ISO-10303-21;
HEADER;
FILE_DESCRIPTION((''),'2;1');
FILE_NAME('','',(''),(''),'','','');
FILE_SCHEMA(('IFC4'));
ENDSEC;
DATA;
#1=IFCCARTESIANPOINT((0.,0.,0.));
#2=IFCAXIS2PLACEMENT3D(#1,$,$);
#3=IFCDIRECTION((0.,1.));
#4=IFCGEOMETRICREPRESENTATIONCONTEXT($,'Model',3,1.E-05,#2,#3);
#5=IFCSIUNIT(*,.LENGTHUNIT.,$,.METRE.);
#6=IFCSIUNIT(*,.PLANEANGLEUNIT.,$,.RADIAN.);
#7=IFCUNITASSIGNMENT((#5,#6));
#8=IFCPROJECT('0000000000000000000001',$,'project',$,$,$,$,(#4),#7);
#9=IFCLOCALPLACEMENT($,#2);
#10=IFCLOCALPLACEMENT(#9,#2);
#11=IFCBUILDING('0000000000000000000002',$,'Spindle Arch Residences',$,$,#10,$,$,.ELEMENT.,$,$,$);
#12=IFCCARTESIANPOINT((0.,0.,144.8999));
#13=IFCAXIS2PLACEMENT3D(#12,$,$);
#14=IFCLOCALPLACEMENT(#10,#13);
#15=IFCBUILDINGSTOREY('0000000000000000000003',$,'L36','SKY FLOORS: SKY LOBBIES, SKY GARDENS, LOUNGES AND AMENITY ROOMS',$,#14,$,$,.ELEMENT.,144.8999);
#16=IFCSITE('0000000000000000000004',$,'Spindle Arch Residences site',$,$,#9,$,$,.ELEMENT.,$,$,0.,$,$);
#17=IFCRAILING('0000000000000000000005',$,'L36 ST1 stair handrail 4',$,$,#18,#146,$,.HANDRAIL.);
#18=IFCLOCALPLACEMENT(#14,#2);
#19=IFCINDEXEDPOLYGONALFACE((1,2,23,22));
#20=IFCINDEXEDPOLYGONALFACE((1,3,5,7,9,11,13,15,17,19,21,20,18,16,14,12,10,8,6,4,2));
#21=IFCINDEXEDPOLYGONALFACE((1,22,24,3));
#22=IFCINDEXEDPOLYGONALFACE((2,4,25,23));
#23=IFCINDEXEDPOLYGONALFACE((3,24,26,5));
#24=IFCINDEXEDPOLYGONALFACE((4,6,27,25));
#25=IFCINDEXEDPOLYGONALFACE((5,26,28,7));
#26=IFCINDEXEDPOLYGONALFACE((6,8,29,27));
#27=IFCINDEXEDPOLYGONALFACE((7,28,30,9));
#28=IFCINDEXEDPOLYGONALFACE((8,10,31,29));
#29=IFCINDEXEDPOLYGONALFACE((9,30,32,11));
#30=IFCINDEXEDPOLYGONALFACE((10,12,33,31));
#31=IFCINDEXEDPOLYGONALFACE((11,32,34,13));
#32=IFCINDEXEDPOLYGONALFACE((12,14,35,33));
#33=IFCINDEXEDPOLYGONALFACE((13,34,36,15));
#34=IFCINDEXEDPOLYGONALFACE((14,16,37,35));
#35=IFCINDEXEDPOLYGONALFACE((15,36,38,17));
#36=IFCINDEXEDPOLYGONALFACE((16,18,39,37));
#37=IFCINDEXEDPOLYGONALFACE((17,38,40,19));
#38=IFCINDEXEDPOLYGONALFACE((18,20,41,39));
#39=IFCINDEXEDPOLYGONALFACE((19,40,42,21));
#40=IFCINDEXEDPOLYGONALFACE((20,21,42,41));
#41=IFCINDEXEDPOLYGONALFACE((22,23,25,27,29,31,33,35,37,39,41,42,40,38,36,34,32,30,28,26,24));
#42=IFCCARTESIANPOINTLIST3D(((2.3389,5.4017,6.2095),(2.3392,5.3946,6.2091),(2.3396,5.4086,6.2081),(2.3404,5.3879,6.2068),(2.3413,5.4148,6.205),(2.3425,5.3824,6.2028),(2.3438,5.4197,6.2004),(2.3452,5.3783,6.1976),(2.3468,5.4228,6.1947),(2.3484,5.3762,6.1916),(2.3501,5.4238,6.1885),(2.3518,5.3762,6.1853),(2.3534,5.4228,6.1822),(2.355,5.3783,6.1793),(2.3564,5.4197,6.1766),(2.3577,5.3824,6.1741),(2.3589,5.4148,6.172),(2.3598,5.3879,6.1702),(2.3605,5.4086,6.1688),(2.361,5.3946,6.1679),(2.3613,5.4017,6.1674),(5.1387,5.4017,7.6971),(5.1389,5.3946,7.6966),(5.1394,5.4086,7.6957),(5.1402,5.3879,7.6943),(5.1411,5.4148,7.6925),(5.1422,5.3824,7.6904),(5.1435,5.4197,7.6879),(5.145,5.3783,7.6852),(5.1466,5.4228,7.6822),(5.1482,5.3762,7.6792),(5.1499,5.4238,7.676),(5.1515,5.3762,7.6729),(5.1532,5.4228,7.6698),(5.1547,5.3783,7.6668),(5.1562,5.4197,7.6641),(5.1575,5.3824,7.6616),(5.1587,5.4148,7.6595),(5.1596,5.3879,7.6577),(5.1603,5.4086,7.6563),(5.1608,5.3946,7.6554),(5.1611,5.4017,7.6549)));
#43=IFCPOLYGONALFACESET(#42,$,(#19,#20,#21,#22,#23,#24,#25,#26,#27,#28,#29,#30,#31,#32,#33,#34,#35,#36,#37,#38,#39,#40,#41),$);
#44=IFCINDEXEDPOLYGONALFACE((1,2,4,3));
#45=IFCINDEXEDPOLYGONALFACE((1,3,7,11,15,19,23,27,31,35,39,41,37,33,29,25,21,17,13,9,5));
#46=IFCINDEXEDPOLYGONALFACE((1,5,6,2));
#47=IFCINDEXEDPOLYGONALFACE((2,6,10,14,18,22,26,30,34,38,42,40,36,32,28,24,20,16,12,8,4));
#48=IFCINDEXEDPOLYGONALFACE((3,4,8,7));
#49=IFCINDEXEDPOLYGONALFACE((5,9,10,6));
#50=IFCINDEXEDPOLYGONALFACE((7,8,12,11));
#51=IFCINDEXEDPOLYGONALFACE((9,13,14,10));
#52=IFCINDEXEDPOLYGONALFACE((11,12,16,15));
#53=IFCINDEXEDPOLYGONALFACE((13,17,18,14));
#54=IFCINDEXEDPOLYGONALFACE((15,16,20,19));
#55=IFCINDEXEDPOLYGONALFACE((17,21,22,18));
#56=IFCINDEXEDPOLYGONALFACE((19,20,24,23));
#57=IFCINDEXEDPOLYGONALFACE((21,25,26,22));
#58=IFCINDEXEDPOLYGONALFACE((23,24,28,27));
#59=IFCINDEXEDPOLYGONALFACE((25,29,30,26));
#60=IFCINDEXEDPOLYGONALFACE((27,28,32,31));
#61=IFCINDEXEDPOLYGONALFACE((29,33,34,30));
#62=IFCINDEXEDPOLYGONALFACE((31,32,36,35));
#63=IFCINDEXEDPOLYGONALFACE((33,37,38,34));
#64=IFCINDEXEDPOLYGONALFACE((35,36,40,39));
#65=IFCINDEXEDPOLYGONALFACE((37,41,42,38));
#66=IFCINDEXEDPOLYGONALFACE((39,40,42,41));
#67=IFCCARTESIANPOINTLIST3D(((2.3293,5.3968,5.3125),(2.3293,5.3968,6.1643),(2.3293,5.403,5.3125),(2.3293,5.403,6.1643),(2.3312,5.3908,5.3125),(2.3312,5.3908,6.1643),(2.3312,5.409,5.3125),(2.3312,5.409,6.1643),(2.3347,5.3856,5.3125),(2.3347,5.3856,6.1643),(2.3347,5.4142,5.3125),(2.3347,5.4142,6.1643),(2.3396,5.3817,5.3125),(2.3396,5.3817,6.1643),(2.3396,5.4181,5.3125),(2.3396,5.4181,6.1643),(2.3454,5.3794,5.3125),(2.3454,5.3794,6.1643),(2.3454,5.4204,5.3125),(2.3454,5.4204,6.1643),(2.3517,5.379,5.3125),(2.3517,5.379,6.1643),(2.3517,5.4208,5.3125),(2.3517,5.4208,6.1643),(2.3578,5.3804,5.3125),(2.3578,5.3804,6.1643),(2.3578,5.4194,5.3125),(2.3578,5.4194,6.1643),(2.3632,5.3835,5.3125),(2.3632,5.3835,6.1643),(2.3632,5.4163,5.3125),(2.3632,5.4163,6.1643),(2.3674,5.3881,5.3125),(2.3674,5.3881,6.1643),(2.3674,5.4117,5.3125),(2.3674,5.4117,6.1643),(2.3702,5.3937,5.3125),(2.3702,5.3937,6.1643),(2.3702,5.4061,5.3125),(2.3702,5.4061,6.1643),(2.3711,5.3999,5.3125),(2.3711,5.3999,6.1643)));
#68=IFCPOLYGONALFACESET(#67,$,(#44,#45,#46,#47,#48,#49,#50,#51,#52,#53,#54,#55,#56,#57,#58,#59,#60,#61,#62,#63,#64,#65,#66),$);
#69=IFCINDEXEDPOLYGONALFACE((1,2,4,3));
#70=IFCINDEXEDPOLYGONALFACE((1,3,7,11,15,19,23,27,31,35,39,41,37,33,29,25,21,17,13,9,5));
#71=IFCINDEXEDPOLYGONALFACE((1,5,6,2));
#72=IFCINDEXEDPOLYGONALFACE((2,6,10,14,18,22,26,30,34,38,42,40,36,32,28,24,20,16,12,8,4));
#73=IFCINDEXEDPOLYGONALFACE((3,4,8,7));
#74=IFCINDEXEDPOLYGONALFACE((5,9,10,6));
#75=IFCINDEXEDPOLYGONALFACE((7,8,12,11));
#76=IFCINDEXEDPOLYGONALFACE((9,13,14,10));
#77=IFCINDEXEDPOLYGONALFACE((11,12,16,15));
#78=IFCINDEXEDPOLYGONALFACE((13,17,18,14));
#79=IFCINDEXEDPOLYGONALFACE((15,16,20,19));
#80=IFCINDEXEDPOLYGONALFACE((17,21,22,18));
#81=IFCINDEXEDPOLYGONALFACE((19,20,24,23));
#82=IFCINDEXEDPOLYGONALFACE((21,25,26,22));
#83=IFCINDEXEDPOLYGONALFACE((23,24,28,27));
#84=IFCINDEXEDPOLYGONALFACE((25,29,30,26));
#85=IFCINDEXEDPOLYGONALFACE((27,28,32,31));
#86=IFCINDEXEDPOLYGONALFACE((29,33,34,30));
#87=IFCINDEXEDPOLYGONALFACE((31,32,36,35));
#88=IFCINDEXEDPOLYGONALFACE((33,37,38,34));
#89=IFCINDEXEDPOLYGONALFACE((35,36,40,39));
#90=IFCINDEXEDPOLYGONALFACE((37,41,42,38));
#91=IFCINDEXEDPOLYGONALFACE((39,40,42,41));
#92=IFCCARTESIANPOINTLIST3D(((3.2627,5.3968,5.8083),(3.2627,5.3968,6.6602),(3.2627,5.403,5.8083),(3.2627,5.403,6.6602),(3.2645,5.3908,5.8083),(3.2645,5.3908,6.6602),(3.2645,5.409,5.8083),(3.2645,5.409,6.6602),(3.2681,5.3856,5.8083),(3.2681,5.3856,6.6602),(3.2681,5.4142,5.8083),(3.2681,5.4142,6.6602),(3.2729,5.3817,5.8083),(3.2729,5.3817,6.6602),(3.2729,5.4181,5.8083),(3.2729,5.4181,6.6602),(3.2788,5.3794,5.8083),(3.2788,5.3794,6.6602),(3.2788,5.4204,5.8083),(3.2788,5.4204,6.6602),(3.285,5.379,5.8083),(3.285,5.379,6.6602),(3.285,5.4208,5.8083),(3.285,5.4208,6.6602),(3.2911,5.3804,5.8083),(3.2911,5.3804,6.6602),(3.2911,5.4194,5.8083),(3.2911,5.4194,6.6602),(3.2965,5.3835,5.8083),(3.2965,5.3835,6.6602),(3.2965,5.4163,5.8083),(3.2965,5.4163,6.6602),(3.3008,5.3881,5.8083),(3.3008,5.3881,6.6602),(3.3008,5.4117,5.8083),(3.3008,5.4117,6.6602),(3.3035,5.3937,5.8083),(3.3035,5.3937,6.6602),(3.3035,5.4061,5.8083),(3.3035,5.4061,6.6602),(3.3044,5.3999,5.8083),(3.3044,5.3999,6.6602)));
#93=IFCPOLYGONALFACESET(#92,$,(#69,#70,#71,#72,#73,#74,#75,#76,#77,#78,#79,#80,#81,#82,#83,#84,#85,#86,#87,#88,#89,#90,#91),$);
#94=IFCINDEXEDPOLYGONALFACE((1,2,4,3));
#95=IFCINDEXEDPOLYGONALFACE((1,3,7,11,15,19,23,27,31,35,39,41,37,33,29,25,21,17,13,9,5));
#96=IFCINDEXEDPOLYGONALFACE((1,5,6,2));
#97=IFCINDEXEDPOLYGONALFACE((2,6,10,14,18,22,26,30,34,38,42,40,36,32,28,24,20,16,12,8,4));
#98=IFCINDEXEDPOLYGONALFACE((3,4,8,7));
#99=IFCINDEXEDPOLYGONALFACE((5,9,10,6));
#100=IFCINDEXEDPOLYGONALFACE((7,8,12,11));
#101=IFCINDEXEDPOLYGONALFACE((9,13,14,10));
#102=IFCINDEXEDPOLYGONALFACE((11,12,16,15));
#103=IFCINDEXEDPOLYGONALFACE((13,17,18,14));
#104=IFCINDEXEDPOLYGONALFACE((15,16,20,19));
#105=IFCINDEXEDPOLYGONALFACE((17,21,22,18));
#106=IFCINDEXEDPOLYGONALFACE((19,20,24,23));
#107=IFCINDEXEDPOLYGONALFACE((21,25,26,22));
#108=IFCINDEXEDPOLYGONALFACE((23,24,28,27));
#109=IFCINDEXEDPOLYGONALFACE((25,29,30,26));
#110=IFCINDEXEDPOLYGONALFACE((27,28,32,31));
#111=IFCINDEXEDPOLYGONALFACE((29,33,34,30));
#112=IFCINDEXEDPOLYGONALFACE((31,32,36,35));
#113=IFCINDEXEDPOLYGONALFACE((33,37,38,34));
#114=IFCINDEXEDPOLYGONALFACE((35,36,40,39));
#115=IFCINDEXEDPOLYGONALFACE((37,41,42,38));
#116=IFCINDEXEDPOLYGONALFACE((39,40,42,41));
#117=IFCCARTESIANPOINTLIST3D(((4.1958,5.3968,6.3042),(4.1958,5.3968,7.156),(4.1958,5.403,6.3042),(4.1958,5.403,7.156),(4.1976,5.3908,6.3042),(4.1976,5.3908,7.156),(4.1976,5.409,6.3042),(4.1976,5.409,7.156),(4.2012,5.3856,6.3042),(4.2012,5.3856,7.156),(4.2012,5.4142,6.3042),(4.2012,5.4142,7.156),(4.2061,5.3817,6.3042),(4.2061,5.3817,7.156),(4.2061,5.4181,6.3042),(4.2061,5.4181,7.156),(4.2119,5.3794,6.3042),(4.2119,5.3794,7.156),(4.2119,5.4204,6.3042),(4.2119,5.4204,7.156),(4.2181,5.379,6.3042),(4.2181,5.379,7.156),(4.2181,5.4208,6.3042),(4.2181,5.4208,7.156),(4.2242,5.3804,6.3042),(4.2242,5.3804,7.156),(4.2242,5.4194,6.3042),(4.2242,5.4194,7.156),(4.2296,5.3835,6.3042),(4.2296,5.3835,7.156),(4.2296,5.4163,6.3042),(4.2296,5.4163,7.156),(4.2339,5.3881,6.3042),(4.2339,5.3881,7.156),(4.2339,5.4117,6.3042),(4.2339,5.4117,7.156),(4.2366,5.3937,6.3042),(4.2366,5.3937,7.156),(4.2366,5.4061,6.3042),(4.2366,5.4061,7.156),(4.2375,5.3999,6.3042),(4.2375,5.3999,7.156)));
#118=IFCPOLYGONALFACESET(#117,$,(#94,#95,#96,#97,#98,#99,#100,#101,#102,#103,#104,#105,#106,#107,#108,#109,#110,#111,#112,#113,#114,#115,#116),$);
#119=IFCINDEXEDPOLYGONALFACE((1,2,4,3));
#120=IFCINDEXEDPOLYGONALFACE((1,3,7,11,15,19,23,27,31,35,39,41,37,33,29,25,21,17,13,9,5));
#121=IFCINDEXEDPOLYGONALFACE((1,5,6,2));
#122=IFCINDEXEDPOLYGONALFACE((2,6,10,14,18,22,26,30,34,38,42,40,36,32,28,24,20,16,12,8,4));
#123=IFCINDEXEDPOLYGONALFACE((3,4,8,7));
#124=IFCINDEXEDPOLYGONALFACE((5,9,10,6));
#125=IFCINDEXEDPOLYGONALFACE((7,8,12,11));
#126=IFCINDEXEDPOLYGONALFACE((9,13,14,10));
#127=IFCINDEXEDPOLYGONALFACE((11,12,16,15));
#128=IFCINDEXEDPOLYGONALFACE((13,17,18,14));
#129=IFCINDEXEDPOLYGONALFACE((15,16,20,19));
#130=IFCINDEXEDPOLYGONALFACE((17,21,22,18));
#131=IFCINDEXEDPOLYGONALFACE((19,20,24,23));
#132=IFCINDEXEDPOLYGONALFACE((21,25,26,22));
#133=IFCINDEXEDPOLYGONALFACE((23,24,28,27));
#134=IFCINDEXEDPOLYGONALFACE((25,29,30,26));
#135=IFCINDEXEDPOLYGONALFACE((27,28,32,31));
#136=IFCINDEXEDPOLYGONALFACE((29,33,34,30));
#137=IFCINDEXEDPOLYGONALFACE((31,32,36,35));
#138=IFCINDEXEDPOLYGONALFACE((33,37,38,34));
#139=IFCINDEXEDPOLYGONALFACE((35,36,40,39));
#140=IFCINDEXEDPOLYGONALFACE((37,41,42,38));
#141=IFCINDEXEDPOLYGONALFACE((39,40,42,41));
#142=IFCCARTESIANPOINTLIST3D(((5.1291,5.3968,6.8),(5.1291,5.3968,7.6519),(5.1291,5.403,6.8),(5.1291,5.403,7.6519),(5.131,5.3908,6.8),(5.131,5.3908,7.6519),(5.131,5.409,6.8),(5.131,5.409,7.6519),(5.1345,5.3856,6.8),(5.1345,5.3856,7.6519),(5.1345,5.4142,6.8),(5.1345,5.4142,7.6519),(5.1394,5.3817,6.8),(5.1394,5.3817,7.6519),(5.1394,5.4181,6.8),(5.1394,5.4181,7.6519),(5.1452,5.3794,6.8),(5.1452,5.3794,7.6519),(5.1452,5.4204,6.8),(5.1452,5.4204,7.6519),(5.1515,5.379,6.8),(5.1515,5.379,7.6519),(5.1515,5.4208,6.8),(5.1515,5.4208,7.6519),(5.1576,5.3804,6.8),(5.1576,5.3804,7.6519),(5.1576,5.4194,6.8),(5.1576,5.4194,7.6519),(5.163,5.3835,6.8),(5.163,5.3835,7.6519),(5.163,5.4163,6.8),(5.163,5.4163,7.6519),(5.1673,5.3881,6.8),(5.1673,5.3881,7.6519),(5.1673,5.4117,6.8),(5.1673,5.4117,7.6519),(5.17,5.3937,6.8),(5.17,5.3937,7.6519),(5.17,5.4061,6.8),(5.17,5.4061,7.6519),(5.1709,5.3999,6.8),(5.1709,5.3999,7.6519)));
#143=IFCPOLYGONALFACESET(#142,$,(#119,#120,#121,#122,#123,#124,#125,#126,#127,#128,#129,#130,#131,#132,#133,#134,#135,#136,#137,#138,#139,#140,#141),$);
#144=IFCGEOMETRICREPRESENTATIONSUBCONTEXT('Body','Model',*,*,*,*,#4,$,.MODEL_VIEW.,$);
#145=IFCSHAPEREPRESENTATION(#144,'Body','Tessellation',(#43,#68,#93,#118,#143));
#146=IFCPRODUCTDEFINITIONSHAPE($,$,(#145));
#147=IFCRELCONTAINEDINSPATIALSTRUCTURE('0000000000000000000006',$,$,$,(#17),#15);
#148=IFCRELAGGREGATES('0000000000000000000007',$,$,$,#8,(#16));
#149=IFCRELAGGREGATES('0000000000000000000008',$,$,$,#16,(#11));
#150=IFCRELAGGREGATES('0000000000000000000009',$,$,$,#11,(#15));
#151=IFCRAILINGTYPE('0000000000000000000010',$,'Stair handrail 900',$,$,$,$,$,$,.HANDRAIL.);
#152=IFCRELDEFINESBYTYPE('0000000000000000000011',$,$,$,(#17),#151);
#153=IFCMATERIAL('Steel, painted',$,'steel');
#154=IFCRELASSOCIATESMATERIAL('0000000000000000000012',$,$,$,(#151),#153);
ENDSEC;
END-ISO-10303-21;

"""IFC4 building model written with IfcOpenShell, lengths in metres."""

from ifc_helpers import new_model, si_unit, direction, frame, origin, origin_2d, place, context, subcontext, project, spatial, circle, extrude, material, type_object, element, save


model = new_model("IFC4")

# Units and contexts
model_context = context("Model", 3, precision=1e-05, world=origin(), true_north=direction((0.0, 1.0)))
body_context = subcontext(model_context, "Body", "Model", "MODEL_VIEW")
ifc_project = project(units=[si_unit("LENGTHUNIT", "METRE"), si_unit("PLANEANGLEUNIT", "RADIAN")], contexts=[model_context])

# Site, building, storey
site_placement = place(None, origin())
site = spatial("IfcSite", under=ifc_project, at=site_placement, Name="Spindle Arch Residences site", CompositionType="ELEMENT", RefElevation=0.0)
building_placement = place(site_placement, origin())
building = spatial("IfcBuilding", under=site, at=building_placement, Name="Spindle Arch Residences", CompositionType="ELEMENT")
storey_placement = place(building_placement, frame((0.0, 0.0, 144.8999)))
storey = spatial("IfcBuildingStorey", under=building, at=storey_placement, Name="L36", Description="SKY FLOORS: SKY LOBBIES, SKY GARDENS, LOUNGES AND AMENITY ROOMS", CompositionType="ELEMENT", Elevation=144.8999)

# Railing
ifc_material_1 = material(Name="Steel, painted", Category="steel")
railing_type_1 = type_object("IfcRailingType", Name="Stair handrail 900", PredefinedType="HANDRAIL", material=ifc_material_1)
railing_1_placement = place(storey_placement, frame((2.3501, 5.3999, 5.3125)))
element("IfcRailing", 1, at=railing_1_placement, inside=storey, type_object=railing_type_1, Name="L36 ST1 stair handrail 4", PredefinedType="HANDRAIL", context=body_context, shape_type="SweptSolid", body=[
    extrude(circle(Radius=0.0239, at=origin_2d()), frame((0.0, 0.0, 0.876), z_axis=(0.883096, 0.0, 0.469193), x_axis=(0.0, 1.0, 0.0)), (0.0, 0.0, 1.0), 3.1704),
    extrude(circle(Radius=0.021, at=origin_2d()), origin(), (0.0, 0.0, 1.0), 0.8518),
    extrude(circle(Radius=0.021, at=origin_2d()), frame((0.9333, 0.0, 0.4958)), (0.0, 0.0, 1.0), 0.8518),
    extrude(circle(Radius=0.021, at=origin_2d()), frame((1.8665, 0.0, 0.9917)), (0.0, 0.0, 1.0), 0.8518),
    extrude(circle(Radius=0.021, at=origin_2d()), frame((2.7998, 0.0, 1.4875)), (0.0, 0.0, 1.0), 0.8518),
])

save(model, "model.ifc")
